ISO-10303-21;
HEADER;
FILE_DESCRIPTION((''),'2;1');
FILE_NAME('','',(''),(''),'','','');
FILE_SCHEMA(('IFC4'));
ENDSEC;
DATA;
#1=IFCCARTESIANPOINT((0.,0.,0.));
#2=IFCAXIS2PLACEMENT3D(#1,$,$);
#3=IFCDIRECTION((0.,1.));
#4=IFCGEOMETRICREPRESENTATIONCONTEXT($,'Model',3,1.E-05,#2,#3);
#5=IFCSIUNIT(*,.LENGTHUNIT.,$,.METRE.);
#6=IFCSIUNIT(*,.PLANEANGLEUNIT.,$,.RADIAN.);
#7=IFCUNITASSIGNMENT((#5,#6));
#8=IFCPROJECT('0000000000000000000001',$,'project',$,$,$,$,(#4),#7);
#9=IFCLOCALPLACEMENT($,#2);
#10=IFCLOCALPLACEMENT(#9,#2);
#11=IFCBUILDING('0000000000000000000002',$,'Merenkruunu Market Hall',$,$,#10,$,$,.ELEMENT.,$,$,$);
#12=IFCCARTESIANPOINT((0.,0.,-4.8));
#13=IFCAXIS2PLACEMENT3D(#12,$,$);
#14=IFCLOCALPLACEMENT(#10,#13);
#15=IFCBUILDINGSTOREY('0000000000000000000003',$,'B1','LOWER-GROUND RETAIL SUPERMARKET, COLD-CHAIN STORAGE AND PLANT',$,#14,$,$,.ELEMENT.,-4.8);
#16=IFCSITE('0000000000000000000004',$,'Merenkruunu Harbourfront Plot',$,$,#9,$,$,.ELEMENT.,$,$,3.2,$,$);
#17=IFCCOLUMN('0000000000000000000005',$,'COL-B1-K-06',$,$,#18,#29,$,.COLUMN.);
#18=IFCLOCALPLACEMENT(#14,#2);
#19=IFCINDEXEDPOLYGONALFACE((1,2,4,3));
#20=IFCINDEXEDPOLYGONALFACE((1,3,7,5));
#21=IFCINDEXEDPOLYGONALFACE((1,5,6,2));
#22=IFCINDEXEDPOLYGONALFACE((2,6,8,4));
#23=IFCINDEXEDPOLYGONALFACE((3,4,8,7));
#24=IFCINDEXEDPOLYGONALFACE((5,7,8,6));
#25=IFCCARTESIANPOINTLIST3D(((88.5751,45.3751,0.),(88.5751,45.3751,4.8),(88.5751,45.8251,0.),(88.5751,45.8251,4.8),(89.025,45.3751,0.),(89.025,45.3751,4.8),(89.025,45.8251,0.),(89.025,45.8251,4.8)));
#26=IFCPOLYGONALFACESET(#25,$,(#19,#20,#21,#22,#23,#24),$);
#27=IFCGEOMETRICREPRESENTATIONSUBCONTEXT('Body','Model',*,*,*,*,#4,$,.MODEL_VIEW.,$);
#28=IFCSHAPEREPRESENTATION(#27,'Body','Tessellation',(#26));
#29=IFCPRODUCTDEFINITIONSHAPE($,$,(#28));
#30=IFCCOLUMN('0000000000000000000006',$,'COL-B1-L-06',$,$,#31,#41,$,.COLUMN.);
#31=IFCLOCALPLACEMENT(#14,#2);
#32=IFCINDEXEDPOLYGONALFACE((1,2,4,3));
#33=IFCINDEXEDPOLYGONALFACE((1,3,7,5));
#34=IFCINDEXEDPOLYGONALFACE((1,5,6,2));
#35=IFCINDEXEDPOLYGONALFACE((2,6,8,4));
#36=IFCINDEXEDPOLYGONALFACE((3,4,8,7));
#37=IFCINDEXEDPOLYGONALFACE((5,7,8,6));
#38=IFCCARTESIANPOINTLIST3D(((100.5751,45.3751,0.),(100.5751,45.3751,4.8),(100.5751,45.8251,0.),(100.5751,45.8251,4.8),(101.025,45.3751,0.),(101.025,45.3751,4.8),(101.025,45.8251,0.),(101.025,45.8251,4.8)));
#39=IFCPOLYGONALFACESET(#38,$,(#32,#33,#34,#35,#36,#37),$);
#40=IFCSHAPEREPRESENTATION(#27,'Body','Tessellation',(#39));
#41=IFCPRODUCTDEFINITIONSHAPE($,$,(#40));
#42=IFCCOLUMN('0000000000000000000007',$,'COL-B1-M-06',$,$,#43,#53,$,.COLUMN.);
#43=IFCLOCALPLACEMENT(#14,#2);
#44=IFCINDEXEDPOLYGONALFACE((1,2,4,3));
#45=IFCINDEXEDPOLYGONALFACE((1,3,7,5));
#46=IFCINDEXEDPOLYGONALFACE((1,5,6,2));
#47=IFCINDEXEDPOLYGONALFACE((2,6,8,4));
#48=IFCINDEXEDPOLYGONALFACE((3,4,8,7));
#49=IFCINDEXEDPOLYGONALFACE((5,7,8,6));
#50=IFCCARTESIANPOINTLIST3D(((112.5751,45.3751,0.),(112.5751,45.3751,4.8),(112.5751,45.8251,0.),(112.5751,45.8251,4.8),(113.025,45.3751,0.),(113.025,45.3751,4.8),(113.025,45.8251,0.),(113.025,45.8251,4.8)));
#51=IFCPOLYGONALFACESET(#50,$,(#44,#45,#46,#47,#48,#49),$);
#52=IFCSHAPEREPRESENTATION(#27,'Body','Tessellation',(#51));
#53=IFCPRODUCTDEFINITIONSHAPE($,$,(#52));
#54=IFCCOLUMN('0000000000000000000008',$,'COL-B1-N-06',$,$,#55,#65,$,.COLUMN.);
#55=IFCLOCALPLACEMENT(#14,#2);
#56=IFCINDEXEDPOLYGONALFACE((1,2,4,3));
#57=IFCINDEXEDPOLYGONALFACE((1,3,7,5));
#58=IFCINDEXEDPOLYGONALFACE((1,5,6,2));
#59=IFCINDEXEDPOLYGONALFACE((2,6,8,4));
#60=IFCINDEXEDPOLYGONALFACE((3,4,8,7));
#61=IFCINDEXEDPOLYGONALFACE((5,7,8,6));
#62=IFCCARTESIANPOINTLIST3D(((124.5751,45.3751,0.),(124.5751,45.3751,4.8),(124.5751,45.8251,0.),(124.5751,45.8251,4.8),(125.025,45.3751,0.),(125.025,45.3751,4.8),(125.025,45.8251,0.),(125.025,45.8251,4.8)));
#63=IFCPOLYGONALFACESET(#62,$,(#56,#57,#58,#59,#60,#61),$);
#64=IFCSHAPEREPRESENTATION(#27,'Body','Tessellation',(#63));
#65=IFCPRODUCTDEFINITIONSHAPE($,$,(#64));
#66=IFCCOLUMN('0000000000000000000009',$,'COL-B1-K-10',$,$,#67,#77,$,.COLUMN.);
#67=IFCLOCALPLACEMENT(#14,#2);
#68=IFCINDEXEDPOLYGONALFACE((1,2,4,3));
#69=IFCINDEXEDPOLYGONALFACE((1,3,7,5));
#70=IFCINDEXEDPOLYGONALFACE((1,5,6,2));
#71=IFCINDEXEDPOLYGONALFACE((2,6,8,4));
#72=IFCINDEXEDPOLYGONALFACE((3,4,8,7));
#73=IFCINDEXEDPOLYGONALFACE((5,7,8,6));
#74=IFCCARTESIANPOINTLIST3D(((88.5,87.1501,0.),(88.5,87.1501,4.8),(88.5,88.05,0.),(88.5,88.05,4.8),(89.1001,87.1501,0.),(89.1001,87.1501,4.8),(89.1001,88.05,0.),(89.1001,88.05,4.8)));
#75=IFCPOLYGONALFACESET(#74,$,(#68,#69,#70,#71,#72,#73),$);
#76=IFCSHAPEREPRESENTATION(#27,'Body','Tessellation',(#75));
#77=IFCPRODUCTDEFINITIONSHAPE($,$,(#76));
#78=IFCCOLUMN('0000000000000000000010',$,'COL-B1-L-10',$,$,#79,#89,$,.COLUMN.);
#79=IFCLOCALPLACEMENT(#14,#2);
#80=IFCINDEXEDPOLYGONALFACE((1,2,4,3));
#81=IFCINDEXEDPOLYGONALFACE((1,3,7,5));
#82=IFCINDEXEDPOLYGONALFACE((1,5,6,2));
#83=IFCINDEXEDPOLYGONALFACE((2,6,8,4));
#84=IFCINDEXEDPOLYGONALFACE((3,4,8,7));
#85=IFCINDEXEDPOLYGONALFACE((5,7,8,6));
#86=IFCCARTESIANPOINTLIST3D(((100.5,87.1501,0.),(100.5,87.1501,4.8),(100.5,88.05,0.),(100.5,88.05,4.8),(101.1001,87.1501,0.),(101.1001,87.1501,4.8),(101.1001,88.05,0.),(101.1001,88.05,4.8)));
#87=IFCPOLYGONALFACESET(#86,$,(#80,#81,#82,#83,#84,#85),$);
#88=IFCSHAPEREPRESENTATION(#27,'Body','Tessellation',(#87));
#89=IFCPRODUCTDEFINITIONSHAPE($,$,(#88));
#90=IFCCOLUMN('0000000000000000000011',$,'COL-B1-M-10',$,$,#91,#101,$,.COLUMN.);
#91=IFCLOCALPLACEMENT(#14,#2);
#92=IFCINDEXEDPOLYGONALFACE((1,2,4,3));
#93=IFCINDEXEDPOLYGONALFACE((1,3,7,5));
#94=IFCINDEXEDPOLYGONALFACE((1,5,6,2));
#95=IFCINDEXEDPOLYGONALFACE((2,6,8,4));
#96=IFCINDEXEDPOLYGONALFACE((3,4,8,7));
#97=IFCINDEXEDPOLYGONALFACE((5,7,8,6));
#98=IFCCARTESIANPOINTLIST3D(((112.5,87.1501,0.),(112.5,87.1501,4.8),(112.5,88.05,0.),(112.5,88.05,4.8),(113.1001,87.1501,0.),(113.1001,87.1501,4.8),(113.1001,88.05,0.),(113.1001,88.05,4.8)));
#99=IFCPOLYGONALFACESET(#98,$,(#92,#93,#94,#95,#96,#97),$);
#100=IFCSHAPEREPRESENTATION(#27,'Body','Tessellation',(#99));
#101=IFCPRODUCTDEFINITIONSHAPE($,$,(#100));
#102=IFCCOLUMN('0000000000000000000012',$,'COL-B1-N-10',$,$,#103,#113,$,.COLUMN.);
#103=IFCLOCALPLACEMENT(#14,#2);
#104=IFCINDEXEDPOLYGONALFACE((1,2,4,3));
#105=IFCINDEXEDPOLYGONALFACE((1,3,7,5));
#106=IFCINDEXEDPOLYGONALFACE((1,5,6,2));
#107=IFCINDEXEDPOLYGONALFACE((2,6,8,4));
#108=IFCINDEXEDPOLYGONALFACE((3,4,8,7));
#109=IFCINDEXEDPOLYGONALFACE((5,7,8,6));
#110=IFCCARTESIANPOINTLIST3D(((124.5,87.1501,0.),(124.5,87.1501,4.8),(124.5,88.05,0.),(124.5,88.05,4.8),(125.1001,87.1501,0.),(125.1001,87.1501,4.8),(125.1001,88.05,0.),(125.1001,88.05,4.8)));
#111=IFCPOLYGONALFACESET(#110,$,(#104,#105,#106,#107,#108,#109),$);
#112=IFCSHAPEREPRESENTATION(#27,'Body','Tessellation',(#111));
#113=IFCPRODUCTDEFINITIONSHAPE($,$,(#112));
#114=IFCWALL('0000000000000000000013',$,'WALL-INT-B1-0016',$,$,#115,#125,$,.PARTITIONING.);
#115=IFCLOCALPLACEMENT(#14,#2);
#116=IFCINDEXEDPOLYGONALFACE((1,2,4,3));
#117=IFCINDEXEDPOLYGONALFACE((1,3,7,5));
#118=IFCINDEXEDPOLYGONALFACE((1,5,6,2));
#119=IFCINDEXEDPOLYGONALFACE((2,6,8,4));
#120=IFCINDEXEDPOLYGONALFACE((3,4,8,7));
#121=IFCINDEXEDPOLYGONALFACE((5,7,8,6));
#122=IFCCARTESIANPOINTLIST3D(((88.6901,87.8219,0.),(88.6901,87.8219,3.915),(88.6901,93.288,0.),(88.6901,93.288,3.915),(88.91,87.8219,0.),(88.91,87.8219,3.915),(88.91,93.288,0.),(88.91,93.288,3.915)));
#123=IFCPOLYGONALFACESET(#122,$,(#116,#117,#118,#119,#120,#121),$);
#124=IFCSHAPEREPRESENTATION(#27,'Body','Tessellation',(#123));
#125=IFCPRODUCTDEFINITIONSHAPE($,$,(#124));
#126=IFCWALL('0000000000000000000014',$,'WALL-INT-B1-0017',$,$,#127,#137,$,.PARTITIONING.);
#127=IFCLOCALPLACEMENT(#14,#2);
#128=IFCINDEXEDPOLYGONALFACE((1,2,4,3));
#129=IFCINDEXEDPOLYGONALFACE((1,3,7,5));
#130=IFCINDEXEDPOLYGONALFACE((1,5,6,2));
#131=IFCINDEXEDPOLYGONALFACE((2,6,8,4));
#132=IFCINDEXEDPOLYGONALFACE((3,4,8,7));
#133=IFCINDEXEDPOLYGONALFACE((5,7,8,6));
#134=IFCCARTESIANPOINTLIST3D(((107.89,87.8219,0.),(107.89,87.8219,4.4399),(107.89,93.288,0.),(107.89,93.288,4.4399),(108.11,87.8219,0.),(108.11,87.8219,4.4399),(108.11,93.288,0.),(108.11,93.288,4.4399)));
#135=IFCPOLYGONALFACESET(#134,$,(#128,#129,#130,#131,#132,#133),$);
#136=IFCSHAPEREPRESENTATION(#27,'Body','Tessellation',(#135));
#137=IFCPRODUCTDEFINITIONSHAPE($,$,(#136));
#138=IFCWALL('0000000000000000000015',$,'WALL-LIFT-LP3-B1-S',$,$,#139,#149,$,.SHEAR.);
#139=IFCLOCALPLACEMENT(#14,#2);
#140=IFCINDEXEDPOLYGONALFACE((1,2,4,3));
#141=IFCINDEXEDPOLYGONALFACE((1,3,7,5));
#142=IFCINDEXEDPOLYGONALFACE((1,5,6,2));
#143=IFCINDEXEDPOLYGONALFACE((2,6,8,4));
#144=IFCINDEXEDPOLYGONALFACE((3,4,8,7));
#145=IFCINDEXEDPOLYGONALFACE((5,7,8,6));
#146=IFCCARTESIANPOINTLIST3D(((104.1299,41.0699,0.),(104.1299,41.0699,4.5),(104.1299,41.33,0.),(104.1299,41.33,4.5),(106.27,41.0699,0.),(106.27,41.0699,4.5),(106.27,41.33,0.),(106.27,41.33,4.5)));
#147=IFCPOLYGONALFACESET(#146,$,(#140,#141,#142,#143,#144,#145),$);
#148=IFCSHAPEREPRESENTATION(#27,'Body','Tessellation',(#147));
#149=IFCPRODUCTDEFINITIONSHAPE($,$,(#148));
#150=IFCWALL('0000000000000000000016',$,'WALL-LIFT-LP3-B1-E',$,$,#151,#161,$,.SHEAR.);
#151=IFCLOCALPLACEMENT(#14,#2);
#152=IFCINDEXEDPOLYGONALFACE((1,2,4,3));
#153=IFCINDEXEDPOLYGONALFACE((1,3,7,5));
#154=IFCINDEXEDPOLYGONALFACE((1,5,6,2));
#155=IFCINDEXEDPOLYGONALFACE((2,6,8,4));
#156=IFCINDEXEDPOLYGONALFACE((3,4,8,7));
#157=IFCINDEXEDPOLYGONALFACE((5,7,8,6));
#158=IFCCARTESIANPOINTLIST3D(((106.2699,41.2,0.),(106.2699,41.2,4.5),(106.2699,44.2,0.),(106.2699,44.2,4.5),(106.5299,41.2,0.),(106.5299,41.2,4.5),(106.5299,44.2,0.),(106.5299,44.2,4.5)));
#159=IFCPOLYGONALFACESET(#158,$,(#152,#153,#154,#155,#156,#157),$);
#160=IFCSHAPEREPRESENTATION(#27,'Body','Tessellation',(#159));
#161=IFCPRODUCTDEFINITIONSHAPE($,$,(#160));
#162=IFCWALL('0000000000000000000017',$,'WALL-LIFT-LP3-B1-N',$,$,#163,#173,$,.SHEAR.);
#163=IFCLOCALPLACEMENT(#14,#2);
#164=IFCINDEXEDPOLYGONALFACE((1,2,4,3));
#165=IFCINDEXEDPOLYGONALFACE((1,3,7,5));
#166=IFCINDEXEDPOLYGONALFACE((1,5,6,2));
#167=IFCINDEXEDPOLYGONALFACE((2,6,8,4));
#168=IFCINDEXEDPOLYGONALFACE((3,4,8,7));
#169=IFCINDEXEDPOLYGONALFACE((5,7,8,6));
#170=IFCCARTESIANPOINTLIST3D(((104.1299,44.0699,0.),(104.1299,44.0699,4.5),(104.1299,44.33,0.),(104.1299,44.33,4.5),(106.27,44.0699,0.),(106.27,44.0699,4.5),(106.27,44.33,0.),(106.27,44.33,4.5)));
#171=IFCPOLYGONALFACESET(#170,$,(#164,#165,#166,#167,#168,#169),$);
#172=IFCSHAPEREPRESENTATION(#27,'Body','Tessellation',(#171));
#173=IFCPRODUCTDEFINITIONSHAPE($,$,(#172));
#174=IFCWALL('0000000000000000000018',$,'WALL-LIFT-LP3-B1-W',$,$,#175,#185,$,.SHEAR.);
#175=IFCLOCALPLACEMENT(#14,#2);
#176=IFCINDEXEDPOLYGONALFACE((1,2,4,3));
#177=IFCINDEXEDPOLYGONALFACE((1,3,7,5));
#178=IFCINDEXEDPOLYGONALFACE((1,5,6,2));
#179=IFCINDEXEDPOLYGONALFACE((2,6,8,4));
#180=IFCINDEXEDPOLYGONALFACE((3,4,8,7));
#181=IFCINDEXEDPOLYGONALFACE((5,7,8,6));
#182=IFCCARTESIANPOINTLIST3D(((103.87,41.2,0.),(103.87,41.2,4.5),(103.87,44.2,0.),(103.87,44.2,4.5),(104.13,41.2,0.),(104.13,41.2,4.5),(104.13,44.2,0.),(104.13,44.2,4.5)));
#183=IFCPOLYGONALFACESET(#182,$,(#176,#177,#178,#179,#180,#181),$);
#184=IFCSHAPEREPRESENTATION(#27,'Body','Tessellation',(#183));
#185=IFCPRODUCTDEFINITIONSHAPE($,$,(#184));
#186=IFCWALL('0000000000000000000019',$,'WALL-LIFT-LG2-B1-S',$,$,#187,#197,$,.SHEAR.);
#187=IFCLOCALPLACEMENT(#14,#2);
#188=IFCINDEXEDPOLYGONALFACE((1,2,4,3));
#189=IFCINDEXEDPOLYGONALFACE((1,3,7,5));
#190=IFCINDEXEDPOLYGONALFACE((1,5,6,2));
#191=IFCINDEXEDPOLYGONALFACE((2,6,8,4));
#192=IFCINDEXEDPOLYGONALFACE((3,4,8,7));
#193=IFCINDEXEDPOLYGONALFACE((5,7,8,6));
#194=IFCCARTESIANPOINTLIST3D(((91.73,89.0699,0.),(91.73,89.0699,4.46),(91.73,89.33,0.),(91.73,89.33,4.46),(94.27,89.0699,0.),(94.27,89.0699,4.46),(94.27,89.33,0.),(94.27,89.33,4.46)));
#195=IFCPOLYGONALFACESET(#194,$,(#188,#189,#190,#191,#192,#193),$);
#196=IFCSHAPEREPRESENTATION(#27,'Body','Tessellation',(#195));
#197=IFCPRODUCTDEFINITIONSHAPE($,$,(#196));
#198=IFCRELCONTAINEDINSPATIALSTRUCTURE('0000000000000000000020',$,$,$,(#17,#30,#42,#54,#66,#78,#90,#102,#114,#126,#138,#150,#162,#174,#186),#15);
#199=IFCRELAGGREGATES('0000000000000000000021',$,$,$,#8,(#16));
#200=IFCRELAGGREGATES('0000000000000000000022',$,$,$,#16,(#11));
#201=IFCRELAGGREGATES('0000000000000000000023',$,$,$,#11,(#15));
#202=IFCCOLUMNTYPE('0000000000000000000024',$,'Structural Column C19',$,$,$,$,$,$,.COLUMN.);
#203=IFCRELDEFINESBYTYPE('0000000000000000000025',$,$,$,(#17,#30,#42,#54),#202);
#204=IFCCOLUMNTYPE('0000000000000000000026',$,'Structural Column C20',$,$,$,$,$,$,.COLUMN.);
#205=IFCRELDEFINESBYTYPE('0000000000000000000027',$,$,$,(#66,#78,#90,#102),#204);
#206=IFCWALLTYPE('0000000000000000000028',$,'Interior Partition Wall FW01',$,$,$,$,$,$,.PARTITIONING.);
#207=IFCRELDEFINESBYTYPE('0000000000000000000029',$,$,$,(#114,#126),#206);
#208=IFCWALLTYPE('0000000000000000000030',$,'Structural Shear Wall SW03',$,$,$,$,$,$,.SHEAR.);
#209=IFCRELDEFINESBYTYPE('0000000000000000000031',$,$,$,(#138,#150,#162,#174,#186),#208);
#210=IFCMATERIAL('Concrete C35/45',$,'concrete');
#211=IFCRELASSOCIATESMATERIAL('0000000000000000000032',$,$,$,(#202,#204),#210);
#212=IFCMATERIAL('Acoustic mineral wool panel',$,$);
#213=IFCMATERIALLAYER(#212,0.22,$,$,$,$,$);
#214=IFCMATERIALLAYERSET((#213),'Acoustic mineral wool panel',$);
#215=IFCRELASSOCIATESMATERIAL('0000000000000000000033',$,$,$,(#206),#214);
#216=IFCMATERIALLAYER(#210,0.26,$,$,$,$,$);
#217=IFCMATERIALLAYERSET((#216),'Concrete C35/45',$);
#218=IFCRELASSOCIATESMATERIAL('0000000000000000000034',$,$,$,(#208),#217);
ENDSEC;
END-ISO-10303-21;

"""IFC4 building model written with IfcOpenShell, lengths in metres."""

from ifc_helpers import new_model, si_unit, direction, frame, frame_2d, origin, origin_2d, place, context, subcontext, project, spatial, rectangle, extrude, material, layer, layer_set, material_profile, profile_set, type_object, element, save


model = new_model("IFC4")

# Units and contexts
model_context = context("Model", 3, precision=1e-05, world=origin(), true_north=direction((0.0, 1.0)))
body_context = subcontext(model_context, "Body", "Model", "MODEL_VIEW")
ifc_project = project(units=[si_unit("LENGTHUNIT", "METRE"), si_unit("PLANEANGLEUNIT", "RADIAN")], contexts=[model_context])

# Site, building, storey
site_placement = place(None, origin())
site = spatial("IfcSite", under=ifc_project, at=site_placement, Name="Merenkruunu Harbourfront Plot", CompositionType="ELEMENT", RefElevation=3.2)
building_placement = place(site_placement, origin())
building = spatial("IfcBuilding", under=site, at=building_placement, Name="Merenkruunu Market Hall", CompositionType="ELEMENT")
storey_placement = place(building_placement, frame((0.0, 0.0, -4.8)))
storey = spatial("IfcBuildingStorey", under=building, at=storey_placement, Name="B1", Description="LOWER-GROUND RETAIL SUPERMARKET, COLD-CHAIN STORAGE AND PLANT", CompositionType="ELEMENT", Elevation=-4.8)

# Shared definitions
ifc_material_1 = material(Name="Concrete C35/45", Category="concrete")

# Columns
ifc_material_profile_1 = material_profile(ifc_material_1, rectangle(XDim=0.45, YDim=0.45, at=origin_2d()), Name="RC 450x450")
ifc_profile_set_1 = profile_set([ifc_material_profile_1], Name="Concrete C35/45")
column_type_1 = type_object("IfcColumnType", Name="Structural Column C19", PredefinedType="COLUMN", material=ifc_profile_set_1)
for number, where, z_axis, x_axis, name in (
    (1, (88.8, 45.6001, 0.0), (0.0, 0.0, 1.0), (1.0, 0.0, 0.0), "COL-B1-K-06"),
    (2, (100.8, 45.6001, 0.0), (0.0, 0.0, 1.0), (1.0, 0.0, 0.0), "COL-B1-L-06"),
    (3, (112.8, 45.6001, 0.0), (0.0, 0.0, 1.0), (1.0, 0.0, 0.0), "COL-B1-M-06"),
    (4, (124.8, 45.6001, 0.0), (0.0, 0.0, 1.0), (1.0, 0.0, 0.0), "COL-B1-N-06"),
):
    element("IfcColumn", number, at=place(storey_placement, frame(where, z_axis=z_axis, x_axis=x_axis)), inside=storey, type_object=column_type_1, Name=name, PredefinedType="COLUMN", context=body_context, shape_type="SweptSolid", body=[
        extrude(rectangle(XDim=0.45, YDim=0.45, at=origin_2d()), origin(), (0.0, 0.0, 1.0), 4.8),
    ])
ifc_material_profile_2 = material_profile(ifc_material_1, rectangle(XDim=0.6001, YDim=0.8999, at=origin_2d()), Name="RC 600x900")
ifc_profile_set_2 = profile_set([ifc_material_profile_2], Name="Concrete C35/45")
column_type_2 = type_object("IfcColumnType", Name="Structural Column C20", PredefinedType="COLUMN", material=ifc_profile_set_2)
for number, where, z_axis, x_axis, name in (
    (5, (88.8, 87.6001, 0.0), (0.0, 0.0, 1.0), (1.0, 0.0, 0.0), "COL-B1-K-10"),
    (6, (100.8, 87.6001, 0.0), (0.0, 0.0, 1.0), (1.0, 0.0, 0.0), "COL-B1-L-10"),
    (7, (112.8, 87.6001, 0.0), (0.0, 0.0, 1.0), (1.0, 0.0, 0.0), "COL-B1-M-10"),
    (8, (124.8, 87.6001, 0.0), (0.0, 0.0, 1.0), (1.0, 0.0, 0.0), "COL-B1-N-10"),
):
    element("IfcColumn", number, at=place(storey_placement, frame(where, z_axis=z_axis, x_axis=x_axis)), inside=storey, type_object=column_type_2, Name=name, PredefinedType="COLUMN", context=body_context, shape_type="SweptSolid", body=[
        extrude(rectangle(XDim=0.6001, YDim=0.8999, at=origin_2d()), origin(), (0.0, 0.0, 1.0), 4.8),
    ])

# Walls
ifc_material_2 = material(Name="Acoustic mineral wool panel")
ifc_layer_1 = layer(ifc_material_2, 0.22)
ifc_layer_set_1 = layer_set([ifc_layer_1], Name="Acoustic mineral wool panel")
wall_type_1 = type_object("IfcWallType", Name="Interior Partition Wall FW01", PredefinedType="PARTITIONING", material=ifc_layer_set_1)
wall_1_placement = place(storey_placement, frame((88.8, 87.822, 0.0), z_axis=(0.0, 0.0, 1.0), x_axis=(0.0, 1.0, 0.0)))
element("IfcWall", 9, at=wall_1_placement, inside=storey, type_object=wall_type_1, Name="WALL-INT-B1-0016", PredefinedType="PARTITIONING", context=body_context, shape_type="SweptSolid", body=[
    extrude(rectangle(XDim=5.4661, YDim=0.22, at=frame_2d((2.7329, 0.0))), origin(), (0.0, 0.0, 1.0), 3.915),
])
wall_2_placement = place(storey_placement, frame((108.0, 87.822, 0.0), z_axis=(0.0, 0.0, 1.0), x_axis=(0.0, 1.0, 0.0)))
element("IfcWall", 10, at=wall_2_placement, inside=storey, type_object=wall_type_1, Name="WALL-INT-B1-0017", PredefinedType="PARTITIONING", context=body_context, shape_type="SweptSolid", body=[
    extrude(rectangle(XDim=5.4661, YDim=0.22, at=frame_2d((2.7329, 0.0))), origin(), (0.0, 0.0, 1.0), 4.4399),
])
ifc_layer_2 = layer(ifc_material_1, 0.26)
ifc_layer_set_2 = layer_set([ifc_layer_2], Name="Concrete C35/45")
wall_type_2 = type_object("IfcWallType", Name="Structural Shear Wall SW03", PredefinedType="SHEAR", material=ifc_layer_set_2)
wall_3_placement = place(storey_placement, frame((104.1299, 41.2, 0.0), z_axis=(0.0, 0.0, 1.0), x_axis=(1.0, 0.0, 0.0)))
element("IfcWall", 11, at=wall_3_placement, inside=storey, type_object=wall_type_2, Name="WALL-LIFT-LP3-B1-S", PredefinedType="SHEAR", context=body_context, shape_type="SweptSolid", body=[
    extrude(rectangle(XDim=2.1401, YDim=0.26, at=frame_2d((1.0701, 0.0))), origin(), (0.0, 0.0, 1.0), 4.5),
])
wall_4_placement = place(storey_placement, frame((106.3999, 41.2, 0.0), z_axis=(0.0, 0.0, 1.0), x_axis=(0.0, 1.0, 0.0)))
element("IfcWall", 12, at=wall_4_placement, inside=storey, type_object=wall_type_2, Name="WALL-LIFT-LP3-B1-E", PredefinedType="SHEAR", context=body_context, shape_type="SweptSolid", body=[
    extrude(rectangle(XDim=3.0, YDim=0.26, at=frame_2d((1.5, 0.0))), origin(), (0.0, 0.0, 1.0), 4.5),
])
wall_5_placement = place(storey_placement, frame((106.27, 44.2, 0.0), z_axis=(0.0, 0.0, 1.0), x_axis=(-1.0, 0.0, 0.0)))
element("IfcWall", 13, at=wall_5_placement, inside=storey, type_object=wall_type_2, Name="WALL-LIFT-LP3-B1-N", PredefinedType="SHEAR", context=body_context, shape_type="SweptSolid", body=[
    extrude(rectangle(XDim=2.1401, YDim=0.26, at=frame_2d((1.0701, 0.0))), origin(), (0.0, 0.0, 1.0), 4.5),
])
wall_6_placement = place(storey_placement, frame((104.0, 44.2, 0.0), z_axis=(0.0, 0.0, 1.0), x_axis=(0.0, -1.0, 0.0)))
element("IfcWall", 14, at=wall_6_placement, inside=storey, type_object=wall_type_2, Name="WALL-LIFT-LP3-B1-W", PredefinedType="SHEAR", context=body_context, shape_type="SweptSolid", body=[
    extrude(rectangle(XDim=3.0, YDim=0.26, at=frame_2d((1.5, 0.0))), origin(), (0.0, 0.0, 1.0), 4.5),
])
wall_7_placement = place(storey_placement, frame((91.73, 89.2, 0.0), z_axis=(0.0, 0.0, 1.0), x_axis=(1.0, 0.0, 0.0)))
element("IfcWall", 15, at=wall_7_placement, inside=storey, type_object=wall_type_2, Name="WALL-LIFT-LG2-B1-S", PredefinedType="SHEAR", context=body_context, shape_type="SweptSolid", body=[
    extrude(rectangle(XDim=2.54, YDim=0.26, at=frame_2d((1.27, 0.0))), origin(), (0.0, 0.0, 1.0), 4.46),
])

save(model, "model.ifc")
